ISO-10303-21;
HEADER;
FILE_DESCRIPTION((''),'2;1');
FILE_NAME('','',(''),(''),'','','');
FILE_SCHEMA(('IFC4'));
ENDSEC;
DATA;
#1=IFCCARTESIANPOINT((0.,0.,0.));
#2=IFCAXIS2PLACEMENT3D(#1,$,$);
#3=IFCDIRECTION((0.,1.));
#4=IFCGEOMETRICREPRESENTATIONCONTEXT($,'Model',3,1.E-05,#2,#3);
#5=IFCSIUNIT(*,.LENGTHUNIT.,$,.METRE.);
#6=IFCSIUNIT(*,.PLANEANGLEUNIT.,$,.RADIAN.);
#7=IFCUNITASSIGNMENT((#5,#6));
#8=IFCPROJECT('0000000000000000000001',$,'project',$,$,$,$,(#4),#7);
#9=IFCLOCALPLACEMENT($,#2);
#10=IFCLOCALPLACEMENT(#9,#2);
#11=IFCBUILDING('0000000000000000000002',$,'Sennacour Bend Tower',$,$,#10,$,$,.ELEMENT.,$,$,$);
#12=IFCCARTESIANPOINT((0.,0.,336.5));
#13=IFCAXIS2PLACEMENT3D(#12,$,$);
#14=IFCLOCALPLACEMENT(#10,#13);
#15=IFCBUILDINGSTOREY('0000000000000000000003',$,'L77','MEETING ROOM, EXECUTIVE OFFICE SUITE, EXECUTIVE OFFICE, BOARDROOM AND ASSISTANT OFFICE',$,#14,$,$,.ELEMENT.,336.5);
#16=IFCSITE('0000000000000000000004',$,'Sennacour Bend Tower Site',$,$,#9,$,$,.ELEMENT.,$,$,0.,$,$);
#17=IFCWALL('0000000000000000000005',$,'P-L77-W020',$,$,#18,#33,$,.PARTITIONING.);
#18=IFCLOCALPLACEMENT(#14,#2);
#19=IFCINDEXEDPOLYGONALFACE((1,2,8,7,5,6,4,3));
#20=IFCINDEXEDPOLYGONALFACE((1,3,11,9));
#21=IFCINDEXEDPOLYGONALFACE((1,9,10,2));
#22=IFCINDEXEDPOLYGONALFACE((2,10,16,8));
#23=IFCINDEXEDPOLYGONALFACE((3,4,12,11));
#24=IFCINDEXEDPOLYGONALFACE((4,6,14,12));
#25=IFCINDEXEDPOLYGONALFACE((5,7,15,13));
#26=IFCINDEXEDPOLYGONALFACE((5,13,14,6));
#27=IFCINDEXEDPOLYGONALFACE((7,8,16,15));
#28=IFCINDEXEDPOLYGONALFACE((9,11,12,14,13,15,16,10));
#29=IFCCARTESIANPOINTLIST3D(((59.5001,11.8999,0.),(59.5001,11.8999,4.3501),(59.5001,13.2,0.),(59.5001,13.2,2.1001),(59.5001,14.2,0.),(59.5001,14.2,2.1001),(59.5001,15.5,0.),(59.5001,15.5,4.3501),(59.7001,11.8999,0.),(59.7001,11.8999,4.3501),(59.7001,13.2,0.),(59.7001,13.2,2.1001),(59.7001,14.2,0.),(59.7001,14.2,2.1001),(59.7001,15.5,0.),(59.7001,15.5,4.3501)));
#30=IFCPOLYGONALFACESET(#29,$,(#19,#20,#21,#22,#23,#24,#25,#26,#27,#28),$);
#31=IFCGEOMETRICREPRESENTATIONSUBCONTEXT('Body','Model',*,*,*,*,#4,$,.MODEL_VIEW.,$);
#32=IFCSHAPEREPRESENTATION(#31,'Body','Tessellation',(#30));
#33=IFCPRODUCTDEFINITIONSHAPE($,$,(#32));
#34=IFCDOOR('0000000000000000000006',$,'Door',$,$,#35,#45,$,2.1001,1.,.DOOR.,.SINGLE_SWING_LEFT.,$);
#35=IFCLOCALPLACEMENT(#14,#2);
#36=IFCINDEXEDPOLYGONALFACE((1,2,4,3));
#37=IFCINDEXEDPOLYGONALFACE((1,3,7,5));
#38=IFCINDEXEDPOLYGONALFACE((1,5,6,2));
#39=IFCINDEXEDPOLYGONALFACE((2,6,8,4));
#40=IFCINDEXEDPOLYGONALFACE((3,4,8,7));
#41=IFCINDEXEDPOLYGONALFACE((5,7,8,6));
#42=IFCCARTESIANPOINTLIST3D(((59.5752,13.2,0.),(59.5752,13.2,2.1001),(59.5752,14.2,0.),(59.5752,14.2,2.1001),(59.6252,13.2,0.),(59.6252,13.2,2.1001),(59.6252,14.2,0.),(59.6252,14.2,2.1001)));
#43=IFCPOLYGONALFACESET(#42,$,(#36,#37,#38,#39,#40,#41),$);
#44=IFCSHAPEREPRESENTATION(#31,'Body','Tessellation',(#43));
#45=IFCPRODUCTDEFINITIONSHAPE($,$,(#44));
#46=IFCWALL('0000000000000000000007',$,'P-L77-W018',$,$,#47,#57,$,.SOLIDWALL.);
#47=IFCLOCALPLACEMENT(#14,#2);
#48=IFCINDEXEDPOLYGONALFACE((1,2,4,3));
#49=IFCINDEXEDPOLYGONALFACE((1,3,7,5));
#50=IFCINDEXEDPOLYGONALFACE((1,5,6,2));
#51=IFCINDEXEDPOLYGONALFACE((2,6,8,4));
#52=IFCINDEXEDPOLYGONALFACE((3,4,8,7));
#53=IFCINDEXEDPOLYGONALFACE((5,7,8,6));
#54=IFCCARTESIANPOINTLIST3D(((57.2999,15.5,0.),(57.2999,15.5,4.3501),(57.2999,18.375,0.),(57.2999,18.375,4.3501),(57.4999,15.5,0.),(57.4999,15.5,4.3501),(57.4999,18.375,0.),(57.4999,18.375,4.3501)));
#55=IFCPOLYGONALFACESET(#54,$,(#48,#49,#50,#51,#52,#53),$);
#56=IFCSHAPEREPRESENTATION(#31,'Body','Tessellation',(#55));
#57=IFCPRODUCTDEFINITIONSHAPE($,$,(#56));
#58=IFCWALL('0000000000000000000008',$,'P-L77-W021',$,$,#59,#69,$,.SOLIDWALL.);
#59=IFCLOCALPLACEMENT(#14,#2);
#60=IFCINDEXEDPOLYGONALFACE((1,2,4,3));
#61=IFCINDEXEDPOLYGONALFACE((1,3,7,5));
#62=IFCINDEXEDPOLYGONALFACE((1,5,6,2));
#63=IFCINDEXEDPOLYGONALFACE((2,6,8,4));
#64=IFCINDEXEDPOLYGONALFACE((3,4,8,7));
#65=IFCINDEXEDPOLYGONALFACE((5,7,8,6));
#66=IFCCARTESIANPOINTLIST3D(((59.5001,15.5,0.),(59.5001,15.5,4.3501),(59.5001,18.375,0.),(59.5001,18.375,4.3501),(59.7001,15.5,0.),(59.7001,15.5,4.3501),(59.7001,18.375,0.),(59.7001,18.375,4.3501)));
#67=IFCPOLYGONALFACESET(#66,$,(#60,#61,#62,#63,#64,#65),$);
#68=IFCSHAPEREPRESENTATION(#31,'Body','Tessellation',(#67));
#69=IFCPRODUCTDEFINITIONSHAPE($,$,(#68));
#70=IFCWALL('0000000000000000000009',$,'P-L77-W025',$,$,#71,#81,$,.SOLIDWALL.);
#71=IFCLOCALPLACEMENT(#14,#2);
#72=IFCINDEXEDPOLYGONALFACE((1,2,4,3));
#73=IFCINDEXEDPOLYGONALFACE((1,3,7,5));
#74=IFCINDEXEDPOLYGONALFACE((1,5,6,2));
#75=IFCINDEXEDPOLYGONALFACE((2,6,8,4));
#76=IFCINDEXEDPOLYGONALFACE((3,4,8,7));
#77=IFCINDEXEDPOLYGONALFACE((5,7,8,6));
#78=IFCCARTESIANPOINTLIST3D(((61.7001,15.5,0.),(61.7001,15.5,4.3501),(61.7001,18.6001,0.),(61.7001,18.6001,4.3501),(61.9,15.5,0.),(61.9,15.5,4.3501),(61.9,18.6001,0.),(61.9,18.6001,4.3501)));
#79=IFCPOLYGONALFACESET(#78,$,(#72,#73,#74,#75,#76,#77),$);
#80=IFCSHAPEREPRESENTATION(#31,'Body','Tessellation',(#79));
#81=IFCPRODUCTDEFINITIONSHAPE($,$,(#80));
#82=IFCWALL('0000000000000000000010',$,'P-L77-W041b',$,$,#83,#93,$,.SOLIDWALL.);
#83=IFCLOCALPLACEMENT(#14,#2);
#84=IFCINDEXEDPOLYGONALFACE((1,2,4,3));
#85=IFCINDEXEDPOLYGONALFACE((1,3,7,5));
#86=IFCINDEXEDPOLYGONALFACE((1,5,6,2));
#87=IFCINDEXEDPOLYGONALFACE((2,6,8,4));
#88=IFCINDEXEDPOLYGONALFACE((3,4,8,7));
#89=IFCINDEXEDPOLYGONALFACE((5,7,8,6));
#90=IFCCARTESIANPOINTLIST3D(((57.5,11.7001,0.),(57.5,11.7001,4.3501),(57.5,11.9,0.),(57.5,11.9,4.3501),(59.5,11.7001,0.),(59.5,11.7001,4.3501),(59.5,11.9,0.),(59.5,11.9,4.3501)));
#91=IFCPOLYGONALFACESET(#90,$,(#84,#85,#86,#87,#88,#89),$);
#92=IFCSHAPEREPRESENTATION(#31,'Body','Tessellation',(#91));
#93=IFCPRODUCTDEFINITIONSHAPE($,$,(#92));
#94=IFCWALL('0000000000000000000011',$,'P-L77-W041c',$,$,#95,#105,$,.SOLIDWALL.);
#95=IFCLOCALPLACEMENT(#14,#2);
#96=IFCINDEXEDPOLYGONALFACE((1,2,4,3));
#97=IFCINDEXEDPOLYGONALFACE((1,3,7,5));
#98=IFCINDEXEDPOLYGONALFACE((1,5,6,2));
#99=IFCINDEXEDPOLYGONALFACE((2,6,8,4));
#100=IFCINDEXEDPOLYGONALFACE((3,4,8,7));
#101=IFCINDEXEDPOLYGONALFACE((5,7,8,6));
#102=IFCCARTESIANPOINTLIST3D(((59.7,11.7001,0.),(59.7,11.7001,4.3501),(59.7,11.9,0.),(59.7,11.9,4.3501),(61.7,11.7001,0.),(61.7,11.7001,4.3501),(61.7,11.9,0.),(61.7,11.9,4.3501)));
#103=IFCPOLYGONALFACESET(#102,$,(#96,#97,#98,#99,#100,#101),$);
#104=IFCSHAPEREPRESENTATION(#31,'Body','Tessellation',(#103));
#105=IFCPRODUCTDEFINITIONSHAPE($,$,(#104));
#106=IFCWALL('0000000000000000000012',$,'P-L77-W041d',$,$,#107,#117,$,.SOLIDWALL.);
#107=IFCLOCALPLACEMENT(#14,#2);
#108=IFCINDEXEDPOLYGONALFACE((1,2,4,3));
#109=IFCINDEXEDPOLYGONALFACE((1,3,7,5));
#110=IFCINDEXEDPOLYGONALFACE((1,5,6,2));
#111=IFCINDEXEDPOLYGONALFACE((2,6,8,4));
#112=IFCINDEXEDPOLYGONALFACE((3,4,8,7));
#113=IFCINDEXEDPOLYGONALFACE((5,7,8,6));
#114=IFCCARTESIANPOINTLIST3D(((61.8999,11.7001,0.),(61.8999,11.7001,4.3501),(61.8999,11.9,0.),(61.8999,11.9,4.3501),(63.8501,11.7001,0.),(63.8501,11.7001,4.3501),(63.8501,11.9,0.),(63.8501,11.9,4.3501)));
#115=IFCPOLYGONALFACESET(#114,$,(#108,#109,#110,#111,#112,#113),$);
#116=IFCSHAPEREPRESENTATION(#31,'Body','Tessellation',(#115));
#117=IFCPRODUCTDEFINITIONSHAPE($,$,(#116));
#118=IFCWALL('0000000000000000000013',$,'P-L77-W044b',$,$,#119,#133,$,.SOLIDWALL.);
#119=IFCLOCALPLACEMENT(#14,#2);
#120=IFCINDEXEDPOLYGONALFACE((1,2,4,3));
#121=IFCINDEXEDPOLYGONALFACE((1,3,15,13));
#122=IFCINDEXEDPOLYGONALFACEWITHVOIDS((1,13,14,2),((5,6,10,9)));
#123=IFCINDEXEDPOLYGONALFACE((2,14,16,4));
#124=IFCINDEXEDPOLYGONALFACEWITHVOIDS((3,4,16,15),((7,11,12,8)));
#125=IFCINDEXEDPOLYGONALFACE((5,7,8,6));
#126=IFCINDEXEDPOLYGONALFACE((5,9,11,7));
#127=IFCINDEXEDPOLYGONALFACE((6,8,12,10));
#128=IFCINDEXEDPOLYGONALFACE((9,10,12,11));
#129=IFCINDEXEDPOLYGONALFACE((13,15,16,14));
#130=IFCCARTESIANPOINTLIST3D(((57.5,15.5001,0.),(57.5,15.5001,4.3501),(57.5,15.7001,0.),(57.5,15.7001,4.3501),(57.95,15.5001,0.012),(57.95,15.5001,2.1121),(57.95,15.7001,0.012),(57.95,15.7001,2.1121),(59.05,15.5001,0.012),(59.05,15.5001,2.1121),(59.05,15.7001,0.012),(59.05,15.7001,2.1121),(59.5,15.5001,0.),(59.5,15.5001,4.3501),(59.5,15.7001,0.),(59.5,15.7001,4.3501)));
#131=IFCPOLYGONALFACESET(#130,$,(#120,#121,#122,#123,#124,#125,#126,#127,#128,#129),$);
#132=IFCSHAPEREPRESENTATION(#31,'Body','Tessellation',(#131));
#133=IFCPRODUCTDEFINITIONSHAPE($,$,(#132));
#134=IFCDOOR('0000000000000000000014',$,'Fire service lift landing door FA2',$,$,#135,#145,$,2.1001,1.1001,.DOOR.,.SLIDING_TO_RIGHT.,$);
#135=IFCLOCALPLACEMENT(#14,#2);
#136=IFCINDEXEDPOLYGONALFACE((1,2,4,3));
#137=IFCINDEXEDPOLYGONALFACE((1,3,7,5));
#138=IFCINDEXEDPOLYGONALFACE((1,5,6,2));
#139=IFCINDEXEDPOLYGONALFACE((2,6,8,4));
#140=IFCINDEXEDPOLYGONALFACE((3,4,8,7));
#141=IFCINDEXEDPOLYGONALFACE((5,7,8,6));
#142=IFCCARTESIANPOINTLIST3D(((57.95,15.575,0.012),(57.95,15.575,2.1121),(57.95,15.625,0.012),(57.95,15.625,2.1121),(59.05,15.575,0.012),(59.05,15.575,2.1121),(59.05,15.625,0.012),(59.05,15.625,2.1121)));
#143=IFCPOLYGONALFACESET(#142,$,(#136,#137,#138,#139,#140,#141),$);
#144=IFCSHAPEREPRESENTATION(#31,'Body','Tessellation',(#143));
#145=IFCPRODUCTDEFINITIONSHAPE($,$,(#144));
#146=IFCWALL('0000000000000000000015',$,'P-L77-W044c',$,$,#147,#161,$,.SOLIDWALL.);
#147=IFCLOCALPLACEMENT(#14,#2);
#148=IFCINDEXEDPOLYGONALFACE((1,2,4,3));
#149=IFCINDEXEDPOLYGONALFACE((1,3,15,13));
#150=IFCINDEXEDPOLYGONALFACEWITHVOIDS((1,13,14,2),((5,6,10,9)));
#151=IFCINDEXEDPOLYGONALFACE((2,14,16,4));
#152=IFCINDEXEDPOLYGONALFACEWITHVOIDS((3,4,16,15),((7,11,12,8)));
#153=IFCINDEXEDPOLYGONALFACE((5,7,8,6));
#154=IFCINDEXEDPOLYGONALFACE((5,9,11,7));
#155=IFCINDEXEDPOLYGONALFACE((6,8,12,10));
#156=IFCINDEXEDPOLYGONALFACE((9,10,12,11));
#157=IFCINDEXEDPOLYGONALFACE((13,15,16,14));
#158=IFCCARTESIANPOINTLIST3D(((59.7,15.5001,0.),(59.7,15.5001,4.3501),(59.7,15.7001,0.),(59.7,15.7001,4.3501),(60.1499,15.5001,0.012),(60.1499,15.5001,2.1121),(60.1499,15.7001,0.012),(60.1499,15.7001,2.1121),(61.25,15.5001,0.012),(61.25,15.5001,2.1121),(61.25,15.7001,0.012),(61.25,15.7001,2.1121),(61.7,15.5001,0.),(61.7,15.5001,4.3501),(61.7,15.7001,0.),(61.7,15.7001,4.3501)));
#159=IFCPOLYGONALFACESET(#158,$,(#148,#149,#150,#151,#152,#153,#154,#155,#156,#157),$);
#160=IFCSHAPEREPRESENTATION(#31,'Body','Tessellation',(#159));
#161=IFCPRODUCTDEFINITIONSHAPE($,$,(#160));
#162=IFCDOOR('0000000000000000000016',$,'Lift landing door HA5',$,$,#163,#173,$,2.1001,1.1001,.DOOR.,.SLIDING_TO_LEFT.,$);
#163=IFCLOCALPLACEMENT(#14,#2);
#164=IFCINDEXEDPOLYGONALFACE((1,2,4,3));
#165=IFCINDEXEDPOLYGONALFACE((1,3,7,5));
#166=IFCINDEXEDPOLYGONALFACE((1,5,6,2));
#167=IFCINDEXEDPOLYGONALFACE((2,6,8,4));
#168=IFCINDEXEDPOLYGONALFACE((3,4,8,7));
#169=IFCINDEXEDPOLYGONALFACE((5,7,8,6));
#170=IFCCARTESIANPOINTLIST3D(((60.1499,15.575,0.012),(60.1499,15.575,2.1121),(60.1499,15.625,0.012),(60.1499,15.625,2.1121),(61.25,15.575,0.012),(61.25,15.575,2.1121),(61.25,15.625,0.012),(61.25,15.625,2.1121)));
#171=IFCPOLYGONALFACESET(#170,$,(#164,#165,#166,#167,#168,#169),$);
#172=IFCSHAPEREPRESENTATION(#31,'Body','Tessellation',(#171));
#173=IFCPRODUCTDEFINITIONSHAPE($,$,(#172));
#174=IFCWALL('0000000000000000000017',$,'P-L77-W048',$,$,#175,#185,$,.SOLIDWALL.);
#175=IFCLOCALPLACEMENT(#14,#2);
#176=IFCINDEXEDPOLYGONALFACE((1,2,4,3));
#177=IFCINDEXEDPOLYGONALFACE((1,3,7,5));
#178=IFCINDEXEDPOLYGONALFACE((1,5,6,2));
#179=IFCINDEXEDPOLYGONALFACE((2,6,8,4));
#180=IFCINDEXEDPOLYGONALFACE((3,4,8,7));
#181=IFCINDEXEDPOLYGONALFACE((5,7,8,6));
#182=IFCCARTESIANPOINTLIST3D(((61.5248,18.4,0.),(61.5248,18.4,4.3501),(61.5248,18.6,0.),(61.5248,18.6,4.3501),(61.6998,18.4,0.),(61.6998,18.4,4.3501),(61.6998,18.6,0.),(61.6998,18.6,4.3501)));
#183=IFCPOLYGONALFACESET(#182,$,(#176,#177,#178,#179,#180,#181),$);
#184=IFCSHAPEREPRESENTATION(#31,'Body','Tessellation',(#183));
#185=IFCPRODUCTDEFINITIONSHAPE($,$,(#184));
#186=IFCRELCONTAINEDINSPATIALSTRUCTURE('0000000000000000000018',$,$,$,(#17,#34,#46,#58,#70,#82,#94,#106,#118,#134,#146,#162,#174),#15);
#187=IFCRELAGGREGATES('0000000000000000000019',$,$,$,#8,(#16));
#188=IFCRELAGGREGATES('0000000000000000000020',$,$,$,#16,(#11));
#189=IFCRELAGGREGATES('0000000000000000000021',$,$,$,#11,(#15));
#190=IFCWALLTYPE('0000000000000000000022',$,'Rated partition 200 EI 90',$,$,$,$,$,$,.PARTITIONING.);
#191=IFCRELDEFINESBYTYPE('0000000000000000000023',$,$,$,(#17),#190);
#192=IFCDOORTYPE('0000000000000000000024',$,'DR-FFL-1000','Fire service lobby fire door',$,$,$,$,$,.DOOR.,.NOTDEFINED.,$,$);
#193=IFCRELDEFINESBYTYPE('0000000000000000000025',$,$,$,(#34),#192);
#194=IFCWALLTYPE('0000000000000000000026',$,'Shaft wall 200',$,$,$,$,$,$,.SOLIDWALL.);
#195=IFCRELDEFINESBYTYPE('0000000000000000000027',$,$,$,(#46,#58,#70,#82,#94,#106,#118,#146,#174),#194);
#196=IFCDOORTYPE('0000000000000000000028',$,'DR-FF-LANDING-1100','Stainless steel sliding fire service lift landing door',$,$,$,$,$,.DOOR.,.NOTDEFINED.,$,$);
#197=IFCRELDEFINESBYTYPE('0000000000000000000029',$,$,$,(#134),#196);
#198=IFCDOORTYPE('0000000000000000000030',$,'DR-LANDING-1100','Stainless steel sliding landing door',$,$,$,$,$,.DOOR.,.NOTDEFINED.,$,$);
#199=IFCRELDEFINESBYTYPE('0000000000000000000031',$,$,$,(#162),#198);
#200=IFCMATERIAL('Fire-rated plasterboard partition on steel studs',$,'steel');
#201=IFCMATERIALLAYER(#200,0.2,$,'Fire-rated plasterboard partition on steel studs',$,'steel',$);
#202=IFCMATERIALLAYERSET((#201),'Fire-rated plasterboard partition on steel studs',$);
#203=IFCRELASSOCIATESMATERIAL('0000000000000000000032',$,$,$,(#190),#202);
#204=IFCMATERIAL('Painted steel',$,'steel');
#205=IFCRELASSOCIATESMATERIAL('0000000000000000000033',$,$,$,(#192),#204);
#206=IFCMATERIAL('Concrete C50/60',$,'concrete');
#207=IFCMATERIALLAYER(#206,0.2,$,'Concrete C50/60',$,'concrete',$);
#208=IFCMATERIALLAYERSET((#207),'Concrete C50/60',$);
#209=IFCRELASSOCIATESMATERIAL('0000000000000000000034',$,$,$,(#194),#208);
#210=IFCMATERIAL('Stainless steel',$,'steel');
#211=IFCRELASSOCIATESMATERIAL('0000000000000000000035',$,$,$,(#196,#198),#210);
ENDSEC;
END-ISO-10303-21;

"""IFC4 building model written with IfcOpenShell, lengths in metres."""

from ifc_helpers import new_model, si_unit, direction, frame, frame_2d, origin, place, context, subcontext, project, spatial, rectangle, extrude, material, layer, layer_set, type_object, element, fill, save


model = new_model("IFC4")

# Units and contexts
model_context = context("Model", 3, precision=1e-05, world=origin(), true_north=direction((0.0, 1.0)))
body_context = subcontext(model_context, "Body", "Model", "MODEL_VIEW")
ifc_project = project(units=[si_unit("LENGTHUNIT", "METRE"), si_unit("PLANEANGLEUNIT", "RADIAN")], contexts=[model_context])

# Site, building, storey
site_placement = place(None, origin())
site = spatial("IfcSite", under=ifc_project, at=site_placement, Name="Sennacour Bend Tower Site", CompositionType="ELEMENT", RefElevation=0.0)
building_placement = place(site_placement, origin())
building = spatial("IfcBuilding", under=site, at=building_placement, Name="Sennacour Bend Tower", CompositionType="ELEMENT")
storey_placement = place(building_placement, frame((0.0, 0.0, 336.5)))
storey = spatial("IfcBuildingStorey", under=building, at=storey_placement, Name="L77", Description="MEETING ROOM, EXECUTIVE OFFICE SUITE, EXECUTIVE OFFICE, BOARDROOM AND ASSISTANT OFFICE", CompositionType="ELEMENT", Elevation=336.5)

# Shared definitions
ifc_material_1 = material(Name="Fire-rated plasterboard partition on steel studs", Category="steel")
ifc_material_2 = material(Name="Painted steel", Category="steel")

# Wall, opening, door
ifc_layer_1 = layer(ifc_material_1, 0.2, Name="Fire-rated plasterboard partition on steel studs", Category="steel")
ifc_layer_set_1 = layer_set([ifc_layer_1], Name="Fire-rated plasterboard partition on steel studs")
wall_type_1 = type_object("IfcWallType", Name="Rated partition 200 EI 90", PredefinedType="PARTITIONING", material=ifc_layer_set_1)
wall_1_placement = place(storey_placement, frame((59.6001, 11.8999, 0.0), z_axis=(0.0, 0.0, 1.0), x_axis=(0.0, 1.0, 0.0)))
wall_1 = element("IfcWall", 1, at=wall_1_placement, inside=storey, type_object=wall_type_1, Name="P-L77-W020", PredefinedType="PARTITIONING", context=body_context, shape_type="SweptSolid", body=[
    extrude(rectangle(XDim=3.6001, YDim=0.2, at=frame_2d((1.8, 0.0))), origin(), (0.0, 0.0, 1.0), 4.3501),
])
opening_1_placement = place(wall_1_placement, frame((1.3, 0.0, 0.0)))
opening_1 = element("IfcOpeningElement", 2, at=opening_1_placement, cuts=wall_1, PredefinedType="OPENING", context=body_context, shape_type="SweptSolid", body=[
    extrude(rectangle(XDim=1.0, YDim=2.1001, at=frame_2d((0.5, 1.05))), frame((0.0, 0.1099, 0.0), z_axis=(0.0, -1.0, 0.0), x_axis=(1.0, 0.0, 0.0)), (0.0, 0.0, 1.0), 0.22),
])
door_type_1 = type_object("IfcDoorType", Name="DR-FFL-1000", Description="Fire service lobby fire door", OperationType="NOTDEFINED", PredefinedType="DOOR", material=ifc_material_2)
door_1_placement = place(opening_1_placement, origin())
door_1 = element("IfcDoor", 3, at=door_1_placement, inside=storey, type_object=door_type_1, Name="Door", OperationType="SINGLE_SWING_LEFT", OverallHeight=2.1001, OverallWidth=1.0, PredefinedType="DOOR", context=body_context, shape_type="SweptSolid", body=[
    extrude(rectangle(XDim=1.0, YDim=2.1001, at=frame_2d((0.5, 1.05))), frame((0.0, 0.0249, 0.0), z_axis=(0.0, -1.0, 0.0), x_axis=(1.0, 0.0, 0.0)), (0.0, 0.0, 1.0), 0.05),
])
fill(opening_1, door_1)

# Walls
ifc_material_3 = material(Name="Concrete C50/60", Category="concrete")
ifc_layer_2 = layer(ifc_material_3, 0.2, Name="Concrete C50/60", Category="concrete")
ifc_layer_set_2 = layer_set([ifc_layer_2], Name="Concrete C50/60")
wall_type_2 = type_object("IfcWallType", Name="Shaft wall 200", PredefinedType="SOLIDWALL", material=ifc_layer_set_2)
for number, where, z_axis, x_axis, name in (
    (4, (57.3999, 15.5, 0.0), (0.0, 0.0, 1.0), (0.0, 1.0, 0.0), "P-L77-W018"),
    (5, (59.6001, 15.5, 0.0), (0.0, 0.0, 1.0), (0.0, 1.0, 0.0), "P-L77-W021"),
):
    element("IfcWall", number, at=place(storey_placement, frame(where, z_axis=z_axis, x_axis=x_axis)), inside=storey, type_object=wall_type_2, Name=name, PredefinedType="SOLIDWALL", context=body_context, shape_type="SweptSolid", body=[
        extrude(rectangle(XDim=2.875, YDim=0.2, at=frame_2d((1.4375, 0.0))), origin(), (0.0, 0.0, 1.0), 4.3501),
    ])
wall_2_placement = place(storey_placement, frame((61.8, 15.5, 0.0), z_axis=(0.0, 0.0, 1.0), x_axis=(0.0, 1.0, 0.0)))
element("IfcWall", 6, at=wall_2_placement, inside=storey, type_object=wall_type_2, Name="P-L77-W025", PredefinedType="SOLIDWALL", context=body_context, shape_type="SweptSolid", body=[
    extrude(rectangle(XDim=3.1001, YDim=0.2, at=frame_2d((1.55, 0.0))), origin(), (0.0, 0.0, 1.0), 4.3501),
])
for number, where, z_axis, x_axis, name in (
    (7, (57.5, 11.8, 0.0), (0.0, 0.0, 1.0), (1.0, 0.0, 0.0), "P-L77-W041b"),
    (8, (59.7, 11.8, 0.0), (0.0, 0.0, 1.0), (1.0, 0.0, 0.0), "P-L77-W041c"),
):
    element("IfcWall", number, at=place(storey_placement, frame(where, z_axis=z_axis, x_axis=x_axis)), inside=storey, type_object=wall_type_2, Name=name, PredefinedType="SOLIDWALL", context=body_context, shape_type="SweptSolid", body=[
        extrude(rectangle(XDim=2.0, YDim=0.2, at=frame_2d((1.0, 0.0))), origin(), (0.0, 0.0, 1.0), 4.3501),
    ])
wall_3_placement = place(storey_placement, frame((61.8999, 11.8, 0.0), z_axis=(0.0, 0.0, 1.0), x_axis=(1.0, 0.0, 0.0)))
element("IfcWall", 9, at=wall_3_placement, inside=storey, type_object=wall_type_2, Name="P-L77-W041d", PredefinedType="SOLIDWALL", context=body_context, shape_type="SweptSolid", body=[
    extrude(rectangle(XDim=1.9502, YDim=0.2, at=frame_2d((0.9751, 0.0))), origin(), (0.0, 0.0, 1.0), 4.3501),
])

# Walls, openings, doors
wall_4_placement = place(storey_placement, frame((57.5, 15.6001, 0.0), z_axis=(0.0, 0.0, 1.0), x_axis=(1.0, 0.0, 0.0)))
wall_4 = element("IfcWall", 10, at=wall_4_placement, inside=storey, type_object=wall_type_2, Name="P-L77-W044b", PredefinedType="SOLIDWALL", context=body_context, shape_type="SweptSolid", body=[
    extrude(rectangle(XDim=2.0, YDim=0.2, at=frame_2d((1.0, 0.0))), origin(), (0.0, 0.0, 1.0), 4.3501),
])
opening_2_placement = place(wall_4_placement, frame((0.45, 0.0, 0.012)))
opening_2 = element("IfcOpeningElement", 11, at=opening_2_placement, cuts=wall_4, PredefinedType="OPENING", context=body_context, shape_type="SweptSolid", body=[
    extrude(rectangle(XDim=1.1001, YDim=2.1001, at=frame_2d((0.55, 1.05))), frame((0.0, 0.1099, 0.0), z_axis=(0.0, -1.0, 0.0), x_axis=(1.0, 0.0, 0.0)), (0.0, 0.0, 1.0), 0.22),
])
ifc_material_4 = material(Name="Stainless steel", Category="steel")
door_type_2 = type_object("IfcDoorType", Name="DR-FF-LANDING-1100", Description="Stainless steel sliding fire service lift landing door", OperationType="NOTDEFINED", PredefinedType="DOOR", material=ifc_material_4)
door_2_placement = place(opening_2_placement, origin())
door_2 = element("IfcDoor", 12, at=door_2_placement, inside=storey, type_object=door_type_2, Name="Fire service lift landing door FA2", OperationType="SLIDING_TO_RIGHT", OverallHeight=2.1001, OverallWidth=1.1001, PredefinedType="DOOR", context=body_context, shape_type="SweptSolid", body=[
    extrude(rectangle(XDim=1.1001, YDim=2.1001, at=frame_2d((0.55, 1.05))), frame((0.0, 0.0249, 0.0), z_axis=(0.0, -1.0, 0.0), x_axis=(1.0, 0.0, 0.0)), (0.0, 0.0, 1.0), 0.05),
])
fill(opening_2, door_2)
wall_5_placement = place(storey_placement, frame((59.7, 15.6001, 0.0), z_axis=(0.0, 0.0, 1.0), x_axis=(1.0, 0.0, 0.0)))
wall_5 = element("IfcWall", 13, at=wall_5_placement, inside=storey, type_object=wall_type_2, Name="P-L77-W044c", PredefinedType="SOLIDWALL", context=body_context, shape_type="SweptSolid", body=[
    extrude(rectangle(XDim=2.0, YDim=0.2, at=frame_2d((1.0, 0.0))), origin(), (0.0, 0.0, 1.0), 4.3501),
])
opening_3_placement = place(wall_5_placement, frame((0.45, 0.0, 0.012)))
opening_3 = element("IfcOpeningElement", 14, at=opening_3_placement, cuts=wall_5, PredefinedType="OPENING", context=body_context, shape_type="SweptSolid", body=[
    extrude(rectangle(XDim=1.1001, YDim=2.1001, at=frame_2d((0.55, 1.05))), frame((0.0, 0.1099, 0.0), z_axis=(0.0, -1.0, 0.0), x_axis=(1.0, 0.0, 0.0)), (0.0, 0.0, 1.0), 0.22),
])
door_type_3 = type_object("IfcDoorType", Name="DR-LANDING-1100", Description="Stainless steel sliding landing door", OperationType="NOTDEFINED", PredefinedType="DOOR", material=ifc_material_4)
door_3_placement = place(opening_3_placement, origin())
door_3 = element("IfcDoor", 15, at=door_3_placement, inside=storey, type_object=door_type_3, Name="Lift landing door HA5", OperationType="SLIDING_TO_LEFT", OverallHeight=2.1001, OverallWidth=1.1001, PredefinedType="DOOR", context=body_context, shape_type="SweptSolid", body=[
    extrude(rectangle(XDim=1.1001, YDim=2.1001, at=frame_2d((0.55, 1.05))), frame((0.0, 0.0249, 0.0), z_axis=(0.0, -1.0, 0.0), x_axis=(1.0, 0.0, 0.0)), (0.0, 0.0, 1.0), 0.05),
])
fill(opening_3, door_3)

# Wall
wall_6_placement = place(storey_placement, frame((61.5249, 18.5, 0.0), z_axis=(0.0, 0.0, 1.0), x_axis=(1.0, 0.0, 0.0)))
element("IfcWall", 16, at=wall_6_placement, inside=storey, type_object=wall_type_2, Name="P-L77-W048", PredefinedType="SOLIDWALL", context=body_context, shape_type="SweptSolid", body=[
    extrude(rectangle(XDim=0.175, YDim=0.2, at=frame_2d((0.0874, 0.0))), origin(), (0.0, 0.0, 1.0), 4.3501),
])

save(model, "model.ifc")
